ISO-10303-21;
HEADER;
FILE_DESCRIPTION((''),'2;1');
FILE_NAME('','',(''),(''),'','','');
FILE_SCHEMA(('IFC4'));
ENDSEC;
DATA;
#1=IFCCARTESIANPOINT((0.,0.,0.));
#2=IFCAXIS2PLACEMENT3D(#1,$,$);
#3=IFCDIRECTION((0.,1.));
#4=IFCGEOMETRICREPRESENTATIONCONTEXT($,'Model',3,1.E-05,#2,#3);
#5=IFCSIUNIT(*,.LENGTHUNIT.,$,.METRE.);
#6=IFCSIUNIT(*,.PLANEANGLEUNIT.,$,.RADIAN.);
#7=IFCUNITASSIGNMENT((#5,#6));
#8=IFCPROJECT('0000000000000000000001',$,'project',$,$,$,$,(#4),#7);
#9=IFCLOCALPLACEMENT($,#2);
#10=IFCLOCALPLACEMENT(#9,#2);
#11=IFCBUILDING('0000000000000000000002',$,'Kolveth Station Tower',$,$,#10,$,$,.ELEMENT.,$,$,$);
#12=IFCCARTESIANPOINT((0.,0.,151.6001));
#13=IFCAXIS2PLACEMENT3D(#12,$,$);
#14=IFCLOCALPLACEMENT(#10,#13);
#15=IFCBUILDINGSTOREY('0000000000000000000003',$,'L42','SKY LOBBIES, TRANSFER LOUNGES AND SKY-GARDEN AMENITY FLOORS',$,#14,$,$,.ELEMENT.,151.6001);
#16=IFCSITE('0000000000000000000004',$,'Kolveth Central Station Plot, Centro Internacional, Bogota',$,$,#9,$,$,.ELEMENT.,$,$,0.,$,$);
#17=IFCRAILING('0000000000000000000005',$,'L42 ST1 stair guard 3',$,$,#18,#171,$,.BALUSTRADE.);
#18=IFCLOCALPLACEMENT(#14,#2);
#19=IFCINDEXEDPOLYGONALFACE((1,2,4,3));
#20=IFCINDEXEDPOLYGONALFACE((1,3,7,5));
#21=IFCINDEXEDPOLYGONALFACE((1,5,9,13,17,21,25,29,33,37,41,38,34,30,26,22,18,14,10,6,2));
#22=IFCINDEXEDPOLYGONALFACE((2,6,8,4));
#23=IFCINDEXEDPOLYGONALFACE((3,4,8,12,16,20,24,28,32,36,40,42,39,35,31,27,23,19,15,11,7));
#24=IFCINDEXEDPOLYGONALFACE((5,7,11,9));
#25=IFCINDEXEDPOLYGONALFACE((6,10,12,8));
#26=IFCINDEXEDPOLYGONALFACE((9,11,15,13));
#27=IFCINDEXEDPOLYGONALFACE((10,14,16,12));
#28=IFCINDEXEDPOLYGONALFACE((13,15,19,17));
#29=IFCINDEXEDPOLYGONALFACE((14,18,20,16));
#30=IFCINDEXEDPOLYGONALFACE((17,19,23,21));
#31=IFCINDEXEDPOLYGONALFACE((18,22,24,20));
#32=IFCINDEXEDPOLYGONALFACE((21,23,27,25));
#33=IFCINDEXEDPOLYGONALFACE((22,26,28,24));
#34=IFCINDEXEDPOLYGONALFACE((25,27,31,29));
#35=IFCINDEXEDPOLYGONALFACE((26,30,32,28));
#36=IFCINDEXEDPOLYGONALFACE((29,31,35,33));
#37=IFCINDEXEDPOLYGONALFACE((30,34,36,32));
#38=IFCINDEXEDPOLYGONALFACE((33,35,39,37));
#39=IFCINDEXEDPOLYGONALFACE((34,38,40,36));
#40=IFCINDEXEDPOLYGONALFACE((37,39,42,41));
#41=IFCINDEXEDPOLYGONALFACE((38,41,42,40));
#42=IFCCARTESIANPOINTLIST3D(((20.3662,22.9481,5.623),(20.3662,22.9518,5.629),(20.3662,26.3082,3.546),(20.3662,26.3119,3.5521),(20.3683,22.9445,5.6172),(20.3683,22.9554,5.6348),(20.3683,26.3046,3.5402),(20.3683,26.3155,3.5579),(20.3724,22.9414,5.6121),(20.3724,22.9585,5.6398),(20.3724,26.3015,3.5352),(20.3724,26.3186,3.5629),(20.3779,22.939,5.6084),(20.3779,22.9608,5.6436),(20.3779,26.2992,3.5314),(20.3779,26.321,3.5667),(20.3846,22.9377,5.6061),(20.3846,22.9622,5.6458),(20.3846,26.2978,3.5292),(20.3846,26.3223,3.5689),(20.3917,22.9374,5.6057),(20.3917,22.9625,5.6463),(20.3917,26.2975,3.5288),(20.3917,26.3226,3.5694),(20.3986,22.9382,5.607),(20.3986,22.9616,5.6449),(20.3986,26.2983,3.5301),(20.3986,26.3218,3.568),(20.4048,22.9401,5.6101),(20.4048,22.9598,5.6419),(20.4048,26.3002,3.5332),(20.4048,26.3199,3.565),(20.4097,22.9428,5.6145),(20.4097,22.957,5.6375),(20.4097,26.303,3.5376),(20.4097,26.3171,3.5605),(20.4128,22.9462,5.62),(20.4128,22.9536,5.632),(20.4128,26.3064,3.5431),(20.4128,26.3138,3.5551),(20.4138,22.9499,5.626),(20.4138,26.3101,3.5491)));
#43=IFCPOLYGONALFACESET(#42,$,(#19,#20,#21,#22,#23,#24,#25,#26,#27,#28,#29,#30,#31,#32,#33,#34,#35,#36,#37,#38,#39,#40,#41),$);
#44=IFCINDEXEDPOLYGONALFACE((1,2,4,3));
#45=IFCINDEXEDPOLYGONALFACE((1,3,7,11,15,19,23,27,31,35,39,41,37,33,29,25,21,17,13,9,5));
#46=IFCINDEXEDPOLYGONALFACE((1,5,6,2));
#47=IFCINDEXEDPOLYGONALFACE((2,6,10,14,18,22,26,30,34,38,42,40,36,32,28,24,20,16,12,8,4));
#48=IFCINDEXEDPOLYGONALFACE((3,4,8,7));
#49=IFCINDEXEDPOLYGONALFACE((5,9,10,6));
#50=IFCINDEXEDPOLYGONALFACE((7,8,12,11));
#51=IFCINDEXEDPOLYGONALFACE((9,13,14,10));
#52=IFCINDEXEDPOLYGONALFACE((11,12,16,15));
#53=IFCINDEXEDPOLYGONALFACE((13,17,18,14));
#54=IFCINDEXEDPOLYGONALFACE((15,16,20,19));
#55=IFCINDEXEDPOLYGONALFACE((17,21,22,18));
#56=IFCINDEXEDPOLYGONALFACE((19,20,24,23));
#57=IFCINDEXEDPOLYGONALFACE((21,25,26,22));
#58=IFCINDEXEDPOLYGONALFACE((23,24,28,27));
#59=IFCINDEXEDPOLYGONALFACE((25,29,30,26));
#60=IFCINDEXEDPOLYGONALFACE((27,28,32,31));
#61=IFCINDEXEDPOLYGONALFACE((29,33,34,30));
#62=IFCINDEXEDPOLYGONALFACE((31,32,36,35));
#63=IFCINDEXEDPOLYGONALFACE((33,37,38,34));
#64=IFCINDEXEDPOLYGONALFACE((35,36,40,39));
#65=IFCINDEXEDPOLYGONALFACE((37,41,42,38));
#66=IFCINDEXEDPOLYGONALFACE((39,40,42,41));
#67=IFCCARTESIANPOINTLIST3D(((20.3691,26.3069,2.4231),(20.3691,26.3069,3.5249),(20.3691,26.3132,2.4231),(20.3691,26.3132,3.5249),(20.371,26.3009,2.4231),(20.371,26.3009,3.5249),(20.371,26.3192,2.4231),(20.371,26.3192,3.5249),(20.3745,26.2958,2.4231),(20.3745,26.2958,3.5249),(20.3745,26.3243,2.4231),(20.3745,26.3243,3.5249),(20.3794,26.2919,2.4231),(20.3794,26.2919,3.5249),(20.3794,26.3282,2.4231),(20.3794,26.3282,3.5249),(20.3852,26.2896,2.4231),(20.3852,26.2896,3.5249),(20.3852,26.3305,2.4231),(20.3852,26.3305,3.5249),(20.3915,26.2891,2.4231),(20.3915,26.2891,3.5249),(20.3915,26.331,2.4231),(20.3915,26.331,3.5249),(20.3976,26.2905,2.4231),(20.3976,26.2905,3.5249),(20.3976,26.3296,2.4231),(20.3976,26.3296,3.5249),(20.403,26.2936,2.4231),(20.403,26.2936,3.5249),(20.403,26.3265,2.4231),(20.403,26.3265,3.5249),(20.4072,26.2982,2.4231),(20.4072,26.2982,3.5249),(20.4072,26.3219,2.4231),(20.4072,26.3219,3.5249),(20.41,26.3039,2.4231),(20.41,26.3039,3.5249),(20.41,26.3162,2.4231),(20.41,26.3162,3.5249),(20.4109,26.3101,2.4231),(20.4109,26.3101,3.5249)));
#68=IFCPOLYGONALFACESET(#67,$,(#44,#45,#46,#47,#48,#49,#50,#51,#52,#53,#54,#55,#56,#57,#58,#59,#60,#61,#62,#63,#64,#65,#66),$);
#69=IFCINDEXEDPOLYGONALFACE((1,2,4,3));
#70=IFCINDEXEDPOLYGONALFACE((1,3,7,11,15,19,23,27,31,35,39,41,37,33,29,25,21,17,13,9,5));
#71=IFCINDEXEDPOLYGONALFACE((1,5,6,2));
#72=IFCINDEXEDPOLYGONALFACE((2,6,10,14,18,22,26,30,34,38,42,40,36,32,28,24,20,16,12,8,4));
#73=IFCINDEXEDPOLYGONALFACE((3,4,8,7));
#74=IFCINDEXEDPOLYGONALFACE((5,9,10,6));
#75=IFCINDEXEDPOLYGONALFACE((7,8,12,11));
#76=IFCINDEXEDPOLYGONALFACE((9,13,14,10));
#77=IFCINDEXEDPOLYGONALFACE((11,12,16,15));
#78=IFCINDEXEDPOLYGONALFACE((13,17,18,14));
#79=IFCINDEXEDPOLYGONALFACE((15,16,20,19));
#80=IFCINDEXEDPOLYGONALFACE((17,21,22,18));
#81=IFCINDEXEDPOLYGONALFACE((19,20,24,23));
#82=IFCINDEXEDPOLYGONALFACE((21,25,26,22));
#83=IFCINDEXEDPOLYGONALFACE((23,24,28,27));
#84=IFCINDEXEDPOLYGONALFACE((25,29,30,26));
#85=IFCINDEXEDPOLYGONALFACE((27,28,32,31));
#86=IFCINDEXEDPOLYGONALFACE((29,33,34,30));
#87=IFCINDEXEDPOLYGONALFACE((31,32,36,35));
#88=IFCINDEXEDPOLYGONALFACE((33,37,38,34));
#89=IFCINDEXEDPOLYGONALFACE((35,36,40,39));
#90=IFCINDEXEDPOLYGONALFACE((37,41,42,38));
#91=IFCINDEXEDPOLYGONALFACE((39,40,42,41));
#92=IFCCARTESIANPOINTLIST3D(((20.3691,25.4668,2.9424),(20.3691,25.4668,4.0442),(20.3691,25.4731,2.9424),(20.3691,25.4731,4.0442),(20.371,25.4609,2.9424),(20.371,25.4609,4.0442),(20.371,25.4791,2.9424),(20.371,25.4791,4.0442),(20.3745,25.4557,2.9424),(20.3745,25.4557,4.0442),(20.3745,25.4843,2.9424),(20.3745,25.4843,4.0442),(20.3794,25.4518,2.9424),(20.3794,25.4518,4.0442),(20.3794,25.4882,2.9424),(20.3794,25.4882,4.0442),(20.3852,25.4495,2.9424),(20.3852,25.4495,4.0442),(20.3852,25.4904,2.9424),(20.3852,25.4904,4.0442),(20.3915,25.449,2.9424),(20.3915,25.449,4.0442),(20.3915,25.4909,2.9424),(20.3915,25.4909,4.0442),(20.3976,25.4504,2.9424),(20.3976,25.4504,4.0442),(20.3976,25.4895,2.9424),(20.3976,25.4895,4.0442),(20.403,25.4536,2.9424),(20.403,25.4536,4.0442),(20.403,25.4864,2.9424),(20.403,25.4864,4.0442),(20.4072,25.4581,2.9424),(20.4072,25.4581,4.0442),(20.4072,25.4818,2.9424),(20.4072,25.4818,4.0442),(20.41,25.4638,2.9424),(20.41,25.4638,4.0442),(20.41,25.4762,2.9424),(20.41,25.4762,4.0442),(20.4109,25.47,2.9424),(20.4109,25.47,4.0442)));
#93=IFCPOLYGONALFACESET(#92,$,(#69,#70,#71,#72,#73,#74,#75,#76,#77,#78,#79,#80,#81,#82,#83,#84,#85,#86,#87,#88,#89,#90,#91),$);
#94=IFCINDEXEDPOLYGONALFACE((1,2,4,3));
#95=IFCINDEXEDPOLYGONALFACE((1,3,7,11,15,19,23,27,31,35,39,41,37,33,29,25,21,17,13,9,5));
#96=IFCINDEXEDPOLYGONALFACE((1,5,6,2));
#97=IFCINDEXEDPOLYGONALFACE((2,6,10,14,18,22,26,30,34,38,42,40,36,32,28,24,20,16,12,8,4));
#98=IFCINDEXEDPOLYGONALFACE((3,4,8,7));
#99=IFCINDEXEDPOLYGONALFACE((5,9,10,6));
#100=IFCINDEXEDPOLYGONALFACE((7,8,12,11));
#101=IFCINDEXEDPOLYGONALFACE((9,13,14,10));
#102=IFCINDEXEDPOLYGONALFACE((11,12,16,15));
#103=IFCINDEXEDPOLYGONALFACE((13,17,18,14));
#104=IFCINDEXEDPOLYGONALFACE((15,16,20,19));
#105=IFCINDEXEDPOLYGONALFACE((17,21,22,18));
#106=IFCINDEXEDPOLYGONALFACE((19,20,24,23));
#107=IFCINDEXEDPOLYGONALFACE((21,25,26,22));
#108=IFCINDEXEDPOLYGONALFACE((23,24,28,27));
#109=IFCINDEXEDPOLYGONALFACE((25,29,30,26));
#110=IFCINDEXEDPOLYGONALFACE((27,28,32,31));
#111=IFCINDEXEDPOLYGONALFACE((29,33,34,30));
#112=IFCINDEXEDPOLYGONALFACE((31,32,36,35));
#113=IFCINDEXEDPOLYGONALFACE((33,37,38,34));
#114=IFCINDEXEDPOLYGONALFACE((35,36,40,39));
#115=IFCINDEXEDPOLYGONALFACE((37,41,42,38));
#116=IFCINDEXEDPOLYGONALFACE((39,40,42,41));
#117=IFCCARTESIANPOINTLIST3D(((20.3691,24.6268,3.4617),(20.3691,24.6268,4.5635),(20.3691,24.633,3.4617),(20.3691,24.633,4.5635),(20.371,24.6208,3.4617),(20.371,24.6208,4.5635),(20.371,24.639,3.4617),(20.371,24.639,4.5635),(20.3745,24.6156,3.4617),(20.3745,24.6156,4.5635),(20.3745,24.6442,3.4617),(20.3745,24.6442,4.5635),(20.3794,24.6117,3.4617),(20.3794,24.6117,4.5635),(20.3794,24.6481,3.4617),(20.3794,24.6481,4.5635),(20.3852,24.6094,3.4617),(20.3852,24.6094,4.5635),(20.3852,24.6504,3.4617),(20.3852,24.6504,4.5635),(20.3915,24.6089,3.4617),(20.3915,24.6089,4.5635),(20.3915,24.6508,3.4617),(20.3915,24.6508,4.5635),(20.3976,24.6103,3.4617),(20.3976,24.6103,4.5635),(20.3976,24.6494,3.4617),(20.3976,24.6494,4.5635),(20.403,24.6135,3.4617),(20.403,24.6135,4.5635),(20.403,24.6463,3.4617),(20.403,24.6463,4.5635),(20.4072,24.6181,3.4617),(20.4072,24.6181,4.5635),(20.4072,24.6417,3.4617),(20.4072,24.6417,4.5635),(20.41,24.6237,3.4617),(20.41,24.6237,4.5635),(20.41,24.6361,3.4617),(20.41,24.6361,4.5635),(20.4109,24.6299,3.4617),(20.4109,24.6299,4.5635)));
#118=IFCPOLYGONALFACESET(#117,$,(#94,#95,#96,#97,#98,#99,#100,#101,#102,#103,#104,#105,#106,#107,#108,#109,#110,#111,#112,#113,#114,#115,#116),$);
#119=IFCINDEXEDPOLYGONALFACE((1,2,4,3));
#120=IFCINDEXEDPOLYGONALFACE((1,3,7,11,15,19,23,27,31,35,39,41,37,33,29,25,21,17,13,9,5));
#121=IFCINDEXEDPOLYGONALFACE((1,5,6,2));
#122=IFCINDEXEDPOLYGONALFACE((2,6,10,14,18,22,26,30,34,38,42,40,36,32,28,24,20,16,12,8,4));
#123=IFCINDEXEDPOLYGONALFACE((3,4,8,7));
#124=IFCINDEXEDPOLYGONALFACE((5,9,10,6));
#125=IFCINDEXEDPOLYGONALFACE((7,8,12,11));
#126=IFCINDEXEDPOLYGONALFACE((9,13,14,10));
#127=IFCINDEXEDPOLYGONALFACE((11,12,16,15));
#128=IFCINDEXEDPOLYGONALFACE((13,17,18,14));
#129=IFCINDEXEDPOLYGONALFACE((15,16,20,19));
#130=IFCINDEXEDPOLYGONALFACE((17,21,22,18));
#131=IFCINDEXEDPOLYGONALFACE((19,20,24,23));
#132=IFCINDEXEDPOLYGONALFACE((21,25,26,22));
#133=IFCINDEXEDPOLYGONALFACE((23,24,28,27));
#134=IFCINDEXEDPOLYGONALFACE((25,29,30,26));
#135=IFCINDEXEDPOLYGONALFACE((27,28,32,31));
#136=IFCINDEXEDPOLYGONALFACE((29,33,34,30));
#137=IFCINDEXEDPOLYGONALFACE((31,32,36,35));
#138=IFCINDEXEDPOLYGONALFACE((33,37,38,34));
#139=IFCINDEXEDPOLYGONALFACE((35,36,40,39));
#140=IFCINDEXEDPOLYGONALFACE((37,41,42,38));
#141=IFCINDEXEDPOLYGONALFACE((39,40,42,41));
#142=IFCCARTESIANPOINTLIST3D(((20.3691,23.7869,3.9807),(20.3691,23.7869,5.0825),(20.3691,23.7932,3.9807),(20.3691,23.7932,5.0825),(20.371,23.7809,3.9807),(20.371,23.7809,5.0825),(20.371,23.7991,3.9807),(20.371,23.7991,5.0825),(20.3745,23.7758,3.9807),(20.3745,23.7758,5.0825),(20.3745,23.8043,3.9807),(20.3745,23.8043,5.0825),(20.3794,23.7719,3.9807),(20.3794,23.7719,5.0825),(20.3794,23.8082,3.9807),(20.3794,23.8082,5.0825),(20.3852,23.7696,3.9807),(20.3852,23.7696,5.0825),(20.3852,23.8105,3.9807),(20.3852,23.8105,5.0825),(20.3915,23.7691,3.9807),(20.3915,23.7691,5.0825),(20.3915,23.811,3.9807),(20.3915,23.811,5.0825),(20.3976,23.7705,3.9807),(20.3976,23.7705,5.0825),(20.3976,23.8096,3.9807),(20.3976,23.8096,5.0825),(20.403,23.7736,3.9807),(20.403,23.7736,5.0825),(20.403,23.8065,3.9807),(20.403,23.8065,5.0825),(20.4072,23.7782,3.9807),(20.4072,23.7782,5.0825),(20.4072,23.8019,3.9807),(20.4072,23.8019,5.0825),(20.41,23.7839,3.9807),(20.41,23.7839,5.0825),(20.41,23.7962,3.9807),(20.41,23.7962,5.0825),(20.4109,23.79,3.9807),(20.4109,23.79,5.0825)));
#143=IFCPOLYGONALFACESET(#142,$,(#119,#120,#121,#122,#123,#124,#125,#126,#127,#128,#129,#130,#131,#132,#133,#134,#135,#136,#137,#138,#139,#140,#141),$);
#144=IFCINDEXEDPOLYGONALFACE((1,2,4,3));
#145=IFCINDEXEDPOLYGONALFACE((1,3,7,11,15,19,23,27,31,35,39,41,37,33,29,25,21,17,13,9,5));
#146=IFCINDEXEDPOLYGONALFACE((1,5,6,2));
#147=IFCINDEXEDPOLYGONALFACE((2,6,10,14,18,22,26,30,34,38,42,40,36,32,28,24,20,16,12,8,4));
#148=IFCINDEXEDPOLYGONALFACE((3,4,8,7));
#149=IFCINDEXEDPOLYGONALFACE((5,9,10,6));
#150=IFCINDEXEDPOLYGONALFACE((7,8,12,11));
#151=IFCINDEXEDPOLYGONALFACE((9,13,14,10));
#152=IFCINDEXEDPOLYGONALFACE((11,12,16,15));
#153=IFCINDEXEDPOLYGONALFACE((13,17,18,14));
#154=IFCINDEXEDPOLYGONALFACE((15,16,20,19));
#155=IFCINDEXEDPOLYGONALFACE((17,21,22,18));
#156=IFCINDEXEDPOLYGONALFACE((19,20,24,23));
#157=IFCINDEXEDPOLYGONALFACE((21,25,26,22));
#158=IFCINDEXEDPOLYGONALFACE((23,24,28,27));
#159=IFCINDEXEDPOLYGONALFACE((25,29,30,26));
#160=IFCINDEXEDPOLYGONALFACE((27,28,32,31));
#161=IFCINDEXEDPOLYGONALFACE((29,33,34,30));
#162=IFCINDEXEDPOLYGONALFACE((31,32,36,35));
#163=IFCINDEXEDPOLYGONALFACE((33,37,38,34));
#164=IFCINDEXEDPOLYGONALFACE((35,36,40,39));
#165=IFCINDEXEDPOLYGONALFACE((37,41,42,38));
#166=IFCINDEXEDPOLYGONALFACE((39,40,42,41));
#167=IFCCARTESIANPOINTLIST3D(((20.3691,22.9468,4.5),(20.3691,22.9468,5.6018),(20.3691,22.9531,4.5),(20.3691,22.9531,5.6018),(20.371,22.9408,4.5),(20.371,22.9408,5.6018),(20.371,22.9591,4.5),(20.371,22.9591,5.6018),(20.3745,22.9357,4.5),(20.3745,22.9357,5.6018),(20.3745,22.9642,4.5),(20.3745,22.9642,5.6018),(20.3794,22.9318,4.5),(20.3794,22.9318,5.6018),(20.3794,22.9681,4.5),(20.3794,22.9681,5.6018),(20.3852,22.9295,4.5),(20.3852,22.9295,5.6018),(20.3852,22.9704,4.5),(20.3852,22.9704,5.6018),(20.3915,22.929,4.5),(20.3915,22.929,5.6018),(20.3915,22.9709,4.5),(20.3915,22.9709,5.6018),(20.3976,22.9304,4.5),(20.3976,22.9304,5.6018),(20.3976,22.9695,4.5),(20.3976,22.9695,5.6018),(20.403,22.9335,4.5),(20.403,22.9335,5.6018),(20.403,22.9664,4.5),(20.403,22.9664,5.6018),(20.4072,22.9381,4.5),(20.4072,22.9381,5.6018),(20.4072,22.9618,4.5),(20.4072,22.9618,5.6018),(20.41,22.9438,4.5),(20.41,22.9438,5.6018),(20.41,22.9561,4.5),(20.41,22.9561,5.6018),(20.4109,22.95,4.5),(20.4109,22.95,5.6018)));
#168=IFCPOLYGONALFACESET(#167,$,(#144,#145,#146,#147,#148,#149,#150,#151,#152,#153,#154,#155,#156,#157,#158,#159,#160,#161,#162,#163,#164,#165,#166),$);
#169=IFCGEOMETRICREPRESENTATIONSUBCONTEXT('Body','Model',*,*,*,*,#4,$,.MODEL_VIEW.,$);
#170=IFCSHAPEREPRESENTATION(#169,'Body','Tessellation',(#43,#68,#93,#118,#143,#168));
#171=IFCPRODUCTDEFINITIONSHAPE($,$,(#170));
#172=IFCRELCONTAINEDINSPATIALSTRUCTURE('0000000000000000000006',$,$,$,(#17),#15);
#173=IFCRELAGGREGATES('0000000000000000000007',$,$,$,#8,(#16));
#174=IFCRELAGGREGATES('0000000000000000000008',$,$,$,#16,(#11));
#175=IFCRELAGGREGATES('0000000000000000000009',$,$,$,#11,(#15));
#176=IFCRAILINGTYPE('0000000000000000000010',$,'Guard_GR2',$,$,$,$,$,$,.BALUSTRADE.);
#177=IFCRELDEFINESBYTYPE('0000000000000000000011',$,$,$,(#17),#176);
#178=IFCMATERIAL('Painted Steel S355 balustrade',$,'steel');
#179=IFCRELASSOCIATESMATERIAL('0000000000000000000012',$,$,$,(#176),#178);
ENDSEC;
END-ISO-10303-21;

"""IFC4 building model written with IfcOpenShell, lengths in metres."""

from ifc_helpers import new_model, si_unit, direction, frame, origin, origin_2d, place, context, subcontext, project, spatial, circle, extrude, material, type_object, element, save


model = new_model("IFC4")

# Units and contexts
model_context = context("Model", 3, precision=1e-05, world=origin(), true_north=direction((0.0, 1.0)))
body_context = subcontext(model_context, "Body", "Model", "MODEL_VIEW")
ifc_project = project(units=[si_unit("LENGTHUNIT", "METRE"), si_unit("PLANEANGLEUNIT", "RADIAN")], contexts=[model_context])

# Site, building, storey
site_placement = place(None, origin())
site = spatial("IfcSite", under=ifc_project, at=site_placement, Name="Kolveth Central Station Plot, Centro Internacional, Bogota", CompositionType="ELEMENT", RefElevation=0.0)
building_placement = place(site_placement, origin())
building = spatial("IfcBuilding", under=site, at=building_placement, Name="Kolveth Station Tower", CompositionType="ELEMENT")
storey_placement = place(building_placement, frame((0.0, 0.0, 151.6001)))
storey = spatial("IfcBuildingStorey", under=building, at=storey_placement, Name="L42", Description="SKY LOBBIES, TRANSFER LOUNGES AND SKY-GARDEN AMENITY FLOORS", CompositionType="ELEMENT", Elevation=151.6001)

# Railing
ifc_material_1 = material(Name="Painted Steel S355 balustrade", Category="steel")
railing_type_1 = type_object("IfcRailingType", Name="Guard_GR2", PredefinedType="BALUSTRADE", material=ifc_material_1)
railing_1_placement = place(storey_placement, frame((20.3899, 26.3101, 2.4231)))
element("IfcRailing", 1, at=railing_1_placement, inside=storey, type_object=railing_type_1, Name="L42 ST1 stair guard 3", PredefinedType="BALUSTRADE", context=body_context, shape_type="SweptSolid", body=[
    extrude(circle(Radius=0.0239, at=origin_2d()), frame((0.0, 0.0, 1.126), z_axis=(0.0, -0.850623, 0.525776), x_axis=(1.0, 0.0, 0.0)), (0.0, 0.0, 1.0), 3.9502),
    extrude(circle(Radius=0.021, at=origin_2d()), origin(), (0.0, 0.0, 1.0), 1.1018),
    extrude(circle(Radius=0.021, at=origin_2d()), frame((0.0, -0.8401, 0.5193)), (0.0, 0.0, 1.0), 1.1018),
    extrude(circle(Radius=0.021, at=origin_2d()), frame((0.0, -1.6802, 1.0386)), (0.0, 0.0, 1.0), 1.1018),
    extrude(circle(Radius=0.021, at=origin_2d()), frame((0.0, -2.52, 1.5576)), (0.0, 0.0, 1.0), 1.1018),
    extrude(circle(Radius=0.021, at=origin_2d()), frame((0.0, -3.3601, 2.0769)), (0.0, 0.0, 1.0), 1.1018),
])

save(model, "model.ifc")
